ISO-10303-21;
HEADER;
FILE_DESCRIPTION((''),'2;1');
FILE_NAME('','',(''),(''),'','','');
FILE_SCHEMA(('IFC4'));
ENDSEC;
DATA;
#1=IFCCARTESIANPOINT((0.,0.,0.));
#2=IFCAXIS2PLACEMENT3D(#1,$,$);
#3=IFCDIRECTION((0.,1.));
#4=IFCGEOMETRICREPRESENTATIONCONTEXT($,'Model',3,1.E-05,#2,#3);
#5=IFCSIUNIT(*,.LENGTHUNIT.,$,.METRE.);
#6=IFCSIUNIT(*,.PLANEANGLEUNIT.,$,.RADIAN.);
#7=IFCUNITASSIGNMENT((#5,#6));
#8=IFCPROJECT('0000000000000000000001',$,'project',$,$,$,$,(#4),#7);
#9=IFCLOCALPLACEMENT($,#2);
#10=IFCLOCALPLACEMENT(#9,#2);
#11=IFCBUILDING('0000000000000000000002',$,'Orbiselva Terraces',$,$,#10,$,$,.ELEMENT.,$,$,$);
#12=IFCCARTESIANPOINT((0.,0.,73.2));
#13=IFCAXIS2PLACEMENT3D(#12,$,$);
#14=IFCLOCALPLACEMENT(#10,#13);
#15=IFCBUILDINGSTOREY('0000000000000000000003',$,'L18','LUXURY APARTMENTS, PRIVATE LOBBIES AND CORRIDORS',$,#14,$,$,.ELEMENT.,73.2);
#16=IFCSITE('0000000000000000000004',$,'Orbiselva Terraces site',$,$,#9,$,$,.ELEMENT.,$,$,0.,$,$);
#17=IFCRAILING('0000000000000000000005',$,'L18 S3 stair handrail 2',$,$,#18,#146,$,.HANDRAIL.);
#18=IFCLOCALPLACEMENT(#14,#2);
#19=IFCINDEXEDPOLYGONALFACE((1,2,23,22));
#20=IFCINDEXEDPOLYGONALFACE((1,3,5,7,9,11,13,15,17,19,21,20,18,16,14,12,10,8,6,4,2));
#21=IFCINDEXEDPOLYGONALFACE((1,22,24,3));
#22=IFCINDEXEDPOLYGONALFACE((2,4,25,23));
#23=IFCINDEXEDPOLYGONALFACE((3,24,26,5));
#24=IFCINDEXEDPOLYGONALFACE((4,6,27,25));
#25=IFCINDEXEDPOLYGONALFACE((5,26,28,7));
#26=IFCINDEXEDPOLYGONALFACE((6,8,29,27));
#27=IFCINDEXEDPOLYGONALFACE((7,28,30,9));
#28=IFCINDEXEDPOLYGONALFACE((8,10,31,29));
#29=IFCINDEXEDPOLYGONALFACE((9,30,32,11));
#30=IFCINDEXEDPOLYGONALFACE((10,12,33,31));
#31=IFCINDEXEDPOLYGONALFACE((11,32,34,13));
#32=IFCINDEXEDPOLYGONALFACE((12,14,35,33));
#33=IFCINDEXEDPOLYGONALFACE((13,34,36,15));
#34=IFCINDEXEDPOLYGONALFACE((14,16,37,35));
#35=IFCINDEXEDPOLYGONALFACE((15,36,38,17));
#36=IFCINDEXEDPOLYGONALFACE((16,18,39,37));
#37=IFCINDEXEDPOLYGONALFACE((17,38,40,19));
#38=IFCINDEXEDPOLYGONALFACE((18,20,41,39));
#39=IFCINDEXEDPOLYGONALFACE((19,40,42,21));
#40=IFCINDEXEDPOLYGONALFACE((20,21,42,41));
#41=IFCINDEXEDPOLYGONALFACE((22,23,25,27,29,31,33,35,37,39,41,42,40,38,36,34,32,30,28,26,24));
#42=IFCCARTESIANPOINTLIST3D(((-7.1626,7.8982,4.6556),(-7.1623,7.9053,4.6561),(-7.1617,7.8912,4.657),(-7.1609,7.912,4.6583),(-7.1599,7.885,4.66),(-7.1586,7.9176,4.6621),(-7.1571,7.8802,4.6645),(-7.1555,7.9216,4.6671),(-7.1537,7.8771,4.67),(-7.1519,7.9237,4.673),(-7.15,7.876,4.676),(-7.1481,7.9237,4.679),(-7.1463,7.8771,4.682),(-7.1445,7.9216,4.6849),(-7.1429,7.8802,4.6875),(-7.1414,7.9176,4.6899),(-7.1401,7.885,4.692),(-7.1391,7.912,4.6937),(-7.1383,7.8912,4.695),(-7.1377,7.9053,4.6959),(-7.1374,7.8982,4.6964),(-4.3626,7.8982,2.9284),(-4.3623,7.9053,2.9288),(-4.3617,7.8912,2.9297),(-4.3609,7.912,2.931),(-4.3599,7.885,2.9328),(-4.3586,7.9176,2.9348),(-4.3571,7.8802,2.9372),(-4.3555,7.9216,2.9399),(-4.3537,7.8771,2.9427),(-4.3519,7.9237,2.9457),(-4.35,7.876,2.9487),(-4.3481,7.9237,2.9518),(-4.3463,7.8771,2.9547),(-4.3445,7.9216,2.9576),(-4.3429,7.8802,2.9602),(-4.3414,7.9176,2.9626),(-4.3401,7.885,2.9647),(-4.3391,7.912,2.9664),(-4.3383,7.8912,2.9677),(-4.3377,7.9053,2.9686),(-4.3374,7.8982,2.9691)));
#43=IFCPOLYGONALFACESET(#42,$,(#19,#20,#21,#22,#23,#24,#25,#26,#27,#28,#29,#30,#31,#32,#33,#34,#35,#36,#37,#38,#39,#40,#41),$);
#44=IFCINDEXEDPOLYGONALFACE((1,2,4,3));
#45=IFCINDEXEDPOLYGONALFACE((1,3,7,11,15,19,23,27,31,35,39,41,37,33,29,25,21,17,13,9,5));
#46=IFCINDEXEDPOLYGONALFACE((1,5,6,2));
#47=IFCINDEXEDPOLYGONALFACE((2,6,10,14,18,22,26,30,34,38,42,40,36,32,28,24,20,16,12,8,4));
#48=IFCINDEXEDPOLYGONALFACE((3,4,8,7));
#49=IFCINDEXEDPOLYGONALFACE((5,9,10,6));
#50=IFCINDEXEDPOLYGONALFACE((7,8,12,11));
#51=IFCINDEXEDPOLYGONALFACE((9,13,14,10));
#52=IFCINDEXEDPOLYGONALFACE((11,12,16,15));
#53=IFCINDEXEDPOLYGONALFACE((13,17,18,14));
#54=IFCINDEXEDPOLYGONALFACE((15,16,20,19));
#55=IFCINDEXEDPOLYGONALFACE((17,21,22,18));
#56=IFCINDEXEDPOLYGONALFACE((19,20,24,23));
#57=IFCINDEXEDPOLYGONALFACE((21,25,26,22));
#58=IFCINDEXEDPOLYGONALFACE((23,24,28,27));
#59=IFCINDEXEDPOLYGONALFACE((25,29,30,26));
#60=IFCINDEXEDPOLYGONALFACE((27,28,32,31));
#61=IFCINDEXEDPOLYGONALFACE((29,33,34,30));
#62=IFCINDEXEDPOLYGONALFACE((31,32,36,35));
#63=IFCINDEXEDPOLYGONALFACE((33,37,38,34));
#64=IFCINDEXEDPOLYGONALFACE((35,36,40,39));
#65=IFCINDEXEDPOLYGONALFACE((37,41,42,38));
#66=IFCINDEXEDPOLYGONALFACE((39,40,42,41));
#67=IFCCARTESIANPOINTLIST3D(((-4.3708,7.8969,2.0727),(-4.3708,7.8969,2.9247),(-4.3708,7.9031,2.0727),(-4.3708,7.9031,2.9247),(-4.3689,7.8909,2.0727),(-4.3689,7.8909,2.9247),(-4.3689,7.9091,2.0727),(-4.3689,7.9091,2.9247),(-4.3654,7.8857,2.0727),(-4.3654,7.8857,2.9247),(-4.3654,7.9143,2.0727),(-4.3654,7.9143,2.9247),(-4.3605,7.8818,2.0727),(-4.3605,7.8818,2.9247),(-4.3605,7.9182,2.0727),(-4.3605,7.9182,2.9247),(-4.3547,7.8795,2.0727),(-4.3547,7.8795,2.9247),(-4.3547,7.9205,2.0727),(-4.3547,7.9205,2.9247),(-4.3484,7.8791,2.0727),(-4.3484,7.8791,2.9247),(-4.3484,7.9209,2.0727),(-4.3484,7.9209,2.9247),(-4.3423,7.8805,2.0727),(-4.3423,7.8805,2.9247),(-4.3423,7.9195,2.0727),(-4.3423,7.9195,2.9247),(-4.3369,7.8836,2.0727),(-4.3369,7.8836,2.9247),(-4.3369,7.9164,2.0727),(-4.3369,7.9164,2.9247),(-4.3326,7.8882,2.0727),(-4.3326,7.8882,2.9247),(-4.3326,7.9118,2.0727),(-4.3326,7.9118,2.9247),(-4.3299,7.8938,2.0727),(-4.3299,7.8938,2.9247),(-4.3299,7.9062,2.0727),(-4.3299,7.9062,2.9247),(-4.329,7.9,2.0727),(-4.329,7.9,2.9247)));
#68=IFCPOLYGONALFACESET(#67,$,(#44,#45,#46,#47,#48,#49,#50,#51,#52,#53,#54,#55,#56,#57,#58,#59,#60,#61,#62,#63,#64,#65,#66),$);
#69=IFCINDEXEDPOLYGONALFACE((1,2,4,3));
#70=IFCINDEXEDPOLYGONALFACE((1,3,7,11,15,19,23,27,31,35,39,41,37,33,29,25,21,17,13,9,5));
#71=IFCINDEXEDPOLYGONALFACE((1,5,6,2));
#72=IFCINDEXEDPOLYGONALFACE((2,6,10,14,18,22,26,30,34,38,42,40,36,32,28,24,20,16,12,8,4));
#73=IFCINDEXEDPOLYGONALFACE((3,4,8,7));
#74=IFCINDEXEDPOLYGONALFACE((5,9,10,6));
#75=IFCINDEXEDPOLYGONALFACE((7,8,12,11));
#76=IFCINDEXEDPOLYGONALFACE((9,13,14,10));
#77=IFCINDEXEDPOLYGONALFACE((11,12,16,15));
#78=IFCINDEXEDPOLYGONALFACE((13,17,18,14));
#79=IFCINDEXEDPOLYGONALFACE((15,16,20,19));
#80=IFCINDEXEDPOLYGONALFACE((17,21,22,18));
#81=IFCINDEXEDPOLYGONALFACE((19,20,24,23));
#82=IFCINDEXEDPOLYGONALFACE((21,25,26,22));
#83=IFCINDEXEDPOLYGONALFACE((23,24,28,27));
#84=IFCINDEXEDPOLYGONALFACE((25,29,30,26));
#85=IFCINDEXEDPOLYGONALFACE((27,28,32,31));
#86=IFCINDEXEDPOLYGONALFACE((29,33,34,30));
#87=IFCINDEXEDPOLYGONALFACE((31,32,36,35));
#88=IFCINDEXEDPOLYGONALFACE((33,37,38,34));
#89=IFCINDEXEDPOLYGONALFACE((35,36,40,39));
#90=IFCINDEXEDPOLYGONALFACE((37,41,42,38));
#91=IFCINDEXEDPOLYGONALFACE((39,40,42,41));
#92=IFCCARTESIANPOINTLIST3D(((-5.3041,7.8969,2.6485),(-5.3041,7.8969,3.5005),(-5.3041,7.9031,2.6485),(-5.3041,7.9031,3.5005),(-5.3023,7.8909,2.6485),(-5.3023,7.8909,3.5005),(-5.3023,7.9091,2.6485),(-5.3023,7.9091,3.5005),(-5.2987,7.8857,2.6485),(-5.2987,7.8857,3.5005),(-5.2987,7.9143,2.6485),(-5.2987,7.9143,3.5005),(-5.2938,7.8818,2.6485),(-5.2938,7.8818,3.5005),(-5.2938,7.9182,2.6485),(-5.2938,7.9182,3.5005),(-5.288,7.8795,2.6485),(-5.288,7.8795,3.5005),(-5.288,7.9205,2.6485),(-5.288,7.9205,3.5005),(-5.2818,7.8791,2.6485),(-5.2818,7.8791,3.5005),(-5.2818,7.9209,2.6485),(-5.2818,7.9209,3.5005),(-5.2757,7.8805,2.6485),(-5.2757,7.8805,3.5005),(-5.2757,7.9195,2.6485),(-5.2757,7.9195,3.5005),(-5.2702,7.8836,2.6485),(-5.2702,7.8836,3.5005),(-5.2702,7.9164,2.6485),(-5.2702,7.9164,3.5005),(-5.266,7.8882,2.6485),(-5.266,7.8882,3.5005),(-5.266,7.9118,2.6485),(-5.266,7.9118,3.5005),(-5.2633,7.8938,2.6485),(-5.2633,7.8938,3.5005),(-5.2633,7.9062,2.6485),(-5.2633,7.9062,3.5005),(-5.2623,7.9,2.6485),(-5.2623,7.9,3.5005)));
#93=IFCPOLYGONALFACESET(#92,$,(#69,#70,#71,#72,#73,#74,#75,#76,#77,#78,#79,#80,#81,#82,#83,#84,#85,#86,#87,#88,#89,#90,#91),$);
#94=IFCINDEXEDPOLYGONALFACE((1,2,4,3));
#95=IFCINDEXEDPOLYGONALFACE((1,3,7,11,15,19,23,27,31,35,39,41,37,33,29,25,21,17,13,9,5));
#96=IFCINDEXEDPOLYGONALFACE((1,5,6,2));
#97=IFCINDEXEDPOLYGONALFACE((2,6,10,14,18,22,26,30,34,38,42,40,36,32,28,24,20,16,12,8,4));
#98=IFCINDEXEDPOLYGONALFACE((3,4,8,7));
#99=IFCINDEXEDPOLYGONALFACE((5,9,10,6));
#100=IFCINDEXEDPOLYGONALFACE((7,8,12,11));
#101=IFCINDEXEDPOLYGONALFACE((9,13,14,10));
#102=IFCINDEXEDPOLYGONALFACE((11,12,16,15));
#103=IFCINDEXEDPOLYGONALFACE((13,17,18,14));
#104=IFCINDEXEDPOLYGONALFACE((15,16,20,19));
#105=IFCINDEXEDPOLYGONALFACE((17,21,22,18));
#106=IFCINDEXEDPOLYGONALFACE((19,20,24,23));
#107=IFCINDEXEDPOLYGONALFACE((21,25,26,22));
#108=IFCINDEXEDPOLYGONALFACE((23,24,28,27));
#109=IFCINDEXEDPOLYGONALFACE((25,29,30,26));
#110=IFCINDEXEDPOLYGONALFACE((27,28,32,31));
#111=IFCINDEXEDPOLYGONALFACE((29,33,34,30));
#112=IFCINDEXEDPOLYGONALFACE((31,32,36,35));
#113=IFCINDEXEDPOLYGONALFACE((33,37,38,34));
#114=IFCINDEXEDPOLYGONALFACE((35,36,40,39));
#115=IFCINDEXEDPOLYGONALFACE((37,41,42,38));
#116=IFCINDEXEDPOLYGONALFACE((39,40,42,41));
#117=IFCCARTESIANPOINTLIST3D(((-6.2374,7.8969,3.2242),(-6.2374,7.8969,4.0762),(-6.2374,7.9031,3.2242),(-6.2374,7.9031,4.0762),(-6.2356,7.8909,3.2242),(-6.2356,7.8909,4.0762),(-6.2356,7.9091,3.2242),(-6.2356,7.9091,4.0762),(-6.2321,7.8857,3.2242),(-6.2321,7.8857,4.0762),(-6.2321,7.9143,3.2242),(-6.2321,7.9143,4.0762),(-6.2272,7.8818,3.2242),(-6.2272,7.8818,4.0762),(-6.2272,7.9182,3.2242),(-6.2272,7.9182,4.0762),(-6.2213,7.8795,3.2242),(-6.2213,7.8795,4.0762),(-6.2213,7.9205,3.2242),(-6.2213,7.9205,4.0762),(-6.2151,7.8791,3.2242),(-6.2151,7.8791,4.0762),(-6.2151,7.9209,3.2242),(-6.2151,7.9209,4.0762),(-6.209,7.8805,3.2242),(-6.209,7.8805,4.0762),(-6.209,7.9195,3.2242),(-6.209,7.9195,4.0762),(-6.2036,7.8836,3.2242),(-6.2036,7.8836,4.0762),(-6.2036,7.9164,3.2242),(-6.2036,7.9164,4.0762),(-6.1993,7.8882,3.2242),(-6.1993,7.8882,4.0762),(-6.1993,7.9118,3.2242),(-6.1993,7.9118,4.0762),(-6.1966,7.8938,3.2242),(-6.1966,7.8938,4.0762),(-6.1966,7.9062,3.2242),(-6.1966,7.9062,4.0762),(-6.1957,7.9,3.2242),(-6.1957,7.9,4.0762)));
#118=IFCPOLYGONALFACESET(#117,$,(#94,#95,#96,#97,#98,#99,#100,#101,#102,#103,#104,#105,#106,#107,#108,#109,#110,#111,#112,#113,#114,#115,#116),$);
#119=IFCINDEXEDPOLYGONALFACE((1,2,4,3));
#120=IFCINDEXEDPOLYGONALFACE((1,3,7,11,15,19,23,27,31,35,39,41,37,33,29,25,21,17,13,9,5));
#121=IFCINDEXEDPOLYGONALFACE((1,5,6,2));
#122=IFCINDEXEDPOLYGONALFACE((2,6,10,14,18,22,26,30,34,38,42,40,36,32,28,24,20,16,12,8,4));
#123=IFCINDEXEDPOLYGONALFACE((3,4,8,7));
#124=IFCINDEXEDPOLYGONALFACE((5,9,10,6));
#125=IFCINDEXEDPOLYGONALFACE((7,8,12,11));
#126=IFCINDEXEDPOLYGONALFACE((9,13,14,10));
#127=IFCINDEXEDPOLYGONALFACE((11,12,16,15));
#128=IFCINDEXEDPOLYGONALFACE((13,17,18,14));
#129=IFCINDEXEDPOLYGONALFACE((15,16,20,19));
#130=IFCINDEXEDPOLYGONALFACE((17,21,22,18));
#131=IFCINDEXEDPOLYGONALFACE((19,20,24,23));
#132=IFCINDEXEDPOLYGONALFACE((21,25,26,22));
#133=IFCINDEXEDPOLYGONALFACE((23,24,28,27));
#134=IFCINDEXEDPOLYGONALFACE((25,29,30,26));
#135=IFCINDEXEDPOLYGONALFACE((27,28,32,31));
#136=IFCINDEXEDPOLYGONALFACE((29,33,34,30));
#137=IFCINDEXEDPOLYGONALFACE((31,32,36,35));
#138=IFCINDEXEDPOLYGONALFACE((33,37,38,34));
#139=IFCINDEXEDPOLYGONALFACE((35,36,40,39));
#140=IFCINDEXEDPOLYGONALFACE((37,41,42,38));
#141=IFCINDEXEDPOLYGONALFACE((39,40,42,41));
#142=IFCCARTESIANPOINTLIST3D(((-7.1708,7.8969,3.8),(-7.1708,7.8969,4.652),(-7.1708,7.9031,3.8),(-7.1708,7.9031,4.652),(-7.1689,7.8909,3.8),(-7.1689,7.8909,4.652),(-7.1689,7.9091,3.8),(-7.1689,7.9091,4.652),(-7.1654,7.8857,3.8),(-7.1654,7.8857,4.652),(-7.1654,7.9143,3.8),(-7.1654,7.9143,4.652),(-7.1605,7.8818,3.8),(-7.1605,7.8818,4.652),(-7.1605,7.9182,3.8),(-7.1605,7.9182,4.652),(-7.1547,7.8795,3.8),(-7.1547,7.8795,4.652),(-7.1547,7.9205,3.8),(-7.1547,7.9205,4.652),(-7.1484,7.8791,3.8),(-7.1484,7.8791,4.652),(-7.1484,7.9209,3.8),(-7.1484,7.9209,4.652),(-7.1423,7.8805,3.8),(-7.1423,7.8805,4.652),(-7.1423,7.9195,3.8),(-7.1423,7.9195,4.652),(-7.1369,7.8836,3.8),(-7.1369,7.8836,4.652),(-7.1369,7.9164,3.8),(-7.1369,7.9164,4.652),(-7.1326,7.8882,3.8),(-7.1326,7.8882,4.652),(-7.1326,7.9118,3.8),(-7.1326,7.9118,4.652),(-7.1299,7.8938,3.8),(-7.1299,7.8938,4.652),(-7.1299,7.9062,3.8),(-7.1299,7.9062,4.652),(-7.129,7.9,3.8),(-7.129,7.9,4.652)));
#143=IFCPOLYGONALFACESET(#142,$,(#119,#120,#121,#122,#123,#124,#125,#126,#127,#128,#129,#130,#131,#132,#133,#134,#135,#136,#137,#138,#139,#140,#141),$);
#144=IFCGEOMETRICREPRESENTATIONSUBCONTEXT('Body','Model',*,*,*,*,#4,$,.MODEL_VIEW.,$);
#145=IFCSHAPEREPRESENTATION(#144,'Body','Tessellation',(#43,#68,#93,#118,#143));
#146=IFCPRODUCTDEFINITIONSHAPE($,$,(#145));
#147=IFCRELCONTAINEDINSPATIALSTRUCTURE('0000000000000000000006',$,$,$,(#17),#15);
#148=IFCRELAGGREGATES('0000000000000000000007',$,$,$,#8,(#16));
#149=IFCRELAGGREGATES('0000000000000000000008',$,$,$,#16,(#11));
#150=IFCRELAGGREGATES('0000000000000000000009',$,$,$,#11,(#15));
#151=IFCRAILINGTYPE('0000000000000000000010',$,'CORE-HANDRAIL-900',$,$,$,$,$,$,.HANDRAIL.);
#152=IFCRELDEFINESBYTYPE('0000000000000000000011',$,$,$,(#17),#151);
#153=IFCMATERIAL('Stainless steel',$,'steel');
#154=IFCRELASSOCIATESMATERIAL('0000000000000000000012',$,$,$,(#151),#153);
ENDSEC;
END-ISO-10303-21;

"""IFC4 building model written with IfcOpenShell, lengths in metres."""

from ifc_helpers import new_model, si_unit, direction, frame, origin, origin_2d, place, context, subcontext, project, spatial, circle, extrude, material, type_object, element, save


model = new_model("IFC4")

# Units and contexts
model_context = context("Model", 3, precision=1e-05, world=origin(), true_north=direction((0.0, 1.0)))
body_context = subcontext(model_context, "Body", "Model", "MODEL_VIEW")
ifc_project = project(units=[si_unit("LENGTHUNIT", "METRE"), si_unit("PLANEANGLEUNIT", "RADIAN")], contexts=[model_context])

# Site, building, storey
site_placement = place(None, origin())
site = spatial("IfcSite", under=ifc_project, at=site_placement, Name="Orbiselva Terraces site", CompositionType="ELEMENT", RefElevation=0.0)
building_placement = place(site_placement, origin())
building = spatial("IfcBuilding", under=site, at=building_placement, Name="Orbiselva Terraces", CompositionType="ELEMENT")
storey_placement = place(building_placement, frame((0.0, 0.0, 73.2)))
storey = spatial("IfcBuildingStorey", under=building, at=storey_placement, Name="L18", Description="LUXURY APARTMENTS, PRIVATE LOBBIES AND CORRIDORS", CompositionType="ELEMENT", Elevation=73.2)

# Railing
ifc_material_1 = material(Name="Stainless steel", Category="steel")
railing_type_1 = type_object("IfcRailingType", Name="CORE-HANDRAIL-900", PredefinedType="HANDRAIL", material=ifc_material_1)
railing_1_placement = place(storey_placement, frame((-4.35, 7.9, 2.0727)))
element("IfcRailing", 1, at=railing_1_placement, inside=storey, type_object=railing_type_1, Name="L18 S3 stair handrail 2", PredefinedType="HANDRAIL", context=body_context, shape_type="SweptSolid", body=[
    extrude(circle(Radius=0.024, at=origin_2d()), frame((0.0, 0.0, 0.876), z_axis=(-0.851089, 0.0, 0.525022), x_axis=(0.0, -1.0, 0.0)), (0.0, 0.0, 1.0), 3.2899),
    extrude(circle(Radius=0.021, at=origin_2d()), origin(), (0.0, 0.0, 1.0), 0.852),
    extrude(circle(Radius=0.021, at=origin_2d()), frame((-0.9333, 0.0, 0.5758)), (0.0, 0.0, 1.0), 0.852),
    extrude(circle(Radius=0.021, at=origin_2d()), frame((-1.8667, 0.0, 1.1515)), (0.0, 0.0, 1.0), 0.852),
    extrude(circle(Radius=0.021, at=origin_2d()), frame((-2.8, 0.0, 1.7273)), (0.0, 0.0, 1.0), 0.852),
])

save(model, "model.ifc")
